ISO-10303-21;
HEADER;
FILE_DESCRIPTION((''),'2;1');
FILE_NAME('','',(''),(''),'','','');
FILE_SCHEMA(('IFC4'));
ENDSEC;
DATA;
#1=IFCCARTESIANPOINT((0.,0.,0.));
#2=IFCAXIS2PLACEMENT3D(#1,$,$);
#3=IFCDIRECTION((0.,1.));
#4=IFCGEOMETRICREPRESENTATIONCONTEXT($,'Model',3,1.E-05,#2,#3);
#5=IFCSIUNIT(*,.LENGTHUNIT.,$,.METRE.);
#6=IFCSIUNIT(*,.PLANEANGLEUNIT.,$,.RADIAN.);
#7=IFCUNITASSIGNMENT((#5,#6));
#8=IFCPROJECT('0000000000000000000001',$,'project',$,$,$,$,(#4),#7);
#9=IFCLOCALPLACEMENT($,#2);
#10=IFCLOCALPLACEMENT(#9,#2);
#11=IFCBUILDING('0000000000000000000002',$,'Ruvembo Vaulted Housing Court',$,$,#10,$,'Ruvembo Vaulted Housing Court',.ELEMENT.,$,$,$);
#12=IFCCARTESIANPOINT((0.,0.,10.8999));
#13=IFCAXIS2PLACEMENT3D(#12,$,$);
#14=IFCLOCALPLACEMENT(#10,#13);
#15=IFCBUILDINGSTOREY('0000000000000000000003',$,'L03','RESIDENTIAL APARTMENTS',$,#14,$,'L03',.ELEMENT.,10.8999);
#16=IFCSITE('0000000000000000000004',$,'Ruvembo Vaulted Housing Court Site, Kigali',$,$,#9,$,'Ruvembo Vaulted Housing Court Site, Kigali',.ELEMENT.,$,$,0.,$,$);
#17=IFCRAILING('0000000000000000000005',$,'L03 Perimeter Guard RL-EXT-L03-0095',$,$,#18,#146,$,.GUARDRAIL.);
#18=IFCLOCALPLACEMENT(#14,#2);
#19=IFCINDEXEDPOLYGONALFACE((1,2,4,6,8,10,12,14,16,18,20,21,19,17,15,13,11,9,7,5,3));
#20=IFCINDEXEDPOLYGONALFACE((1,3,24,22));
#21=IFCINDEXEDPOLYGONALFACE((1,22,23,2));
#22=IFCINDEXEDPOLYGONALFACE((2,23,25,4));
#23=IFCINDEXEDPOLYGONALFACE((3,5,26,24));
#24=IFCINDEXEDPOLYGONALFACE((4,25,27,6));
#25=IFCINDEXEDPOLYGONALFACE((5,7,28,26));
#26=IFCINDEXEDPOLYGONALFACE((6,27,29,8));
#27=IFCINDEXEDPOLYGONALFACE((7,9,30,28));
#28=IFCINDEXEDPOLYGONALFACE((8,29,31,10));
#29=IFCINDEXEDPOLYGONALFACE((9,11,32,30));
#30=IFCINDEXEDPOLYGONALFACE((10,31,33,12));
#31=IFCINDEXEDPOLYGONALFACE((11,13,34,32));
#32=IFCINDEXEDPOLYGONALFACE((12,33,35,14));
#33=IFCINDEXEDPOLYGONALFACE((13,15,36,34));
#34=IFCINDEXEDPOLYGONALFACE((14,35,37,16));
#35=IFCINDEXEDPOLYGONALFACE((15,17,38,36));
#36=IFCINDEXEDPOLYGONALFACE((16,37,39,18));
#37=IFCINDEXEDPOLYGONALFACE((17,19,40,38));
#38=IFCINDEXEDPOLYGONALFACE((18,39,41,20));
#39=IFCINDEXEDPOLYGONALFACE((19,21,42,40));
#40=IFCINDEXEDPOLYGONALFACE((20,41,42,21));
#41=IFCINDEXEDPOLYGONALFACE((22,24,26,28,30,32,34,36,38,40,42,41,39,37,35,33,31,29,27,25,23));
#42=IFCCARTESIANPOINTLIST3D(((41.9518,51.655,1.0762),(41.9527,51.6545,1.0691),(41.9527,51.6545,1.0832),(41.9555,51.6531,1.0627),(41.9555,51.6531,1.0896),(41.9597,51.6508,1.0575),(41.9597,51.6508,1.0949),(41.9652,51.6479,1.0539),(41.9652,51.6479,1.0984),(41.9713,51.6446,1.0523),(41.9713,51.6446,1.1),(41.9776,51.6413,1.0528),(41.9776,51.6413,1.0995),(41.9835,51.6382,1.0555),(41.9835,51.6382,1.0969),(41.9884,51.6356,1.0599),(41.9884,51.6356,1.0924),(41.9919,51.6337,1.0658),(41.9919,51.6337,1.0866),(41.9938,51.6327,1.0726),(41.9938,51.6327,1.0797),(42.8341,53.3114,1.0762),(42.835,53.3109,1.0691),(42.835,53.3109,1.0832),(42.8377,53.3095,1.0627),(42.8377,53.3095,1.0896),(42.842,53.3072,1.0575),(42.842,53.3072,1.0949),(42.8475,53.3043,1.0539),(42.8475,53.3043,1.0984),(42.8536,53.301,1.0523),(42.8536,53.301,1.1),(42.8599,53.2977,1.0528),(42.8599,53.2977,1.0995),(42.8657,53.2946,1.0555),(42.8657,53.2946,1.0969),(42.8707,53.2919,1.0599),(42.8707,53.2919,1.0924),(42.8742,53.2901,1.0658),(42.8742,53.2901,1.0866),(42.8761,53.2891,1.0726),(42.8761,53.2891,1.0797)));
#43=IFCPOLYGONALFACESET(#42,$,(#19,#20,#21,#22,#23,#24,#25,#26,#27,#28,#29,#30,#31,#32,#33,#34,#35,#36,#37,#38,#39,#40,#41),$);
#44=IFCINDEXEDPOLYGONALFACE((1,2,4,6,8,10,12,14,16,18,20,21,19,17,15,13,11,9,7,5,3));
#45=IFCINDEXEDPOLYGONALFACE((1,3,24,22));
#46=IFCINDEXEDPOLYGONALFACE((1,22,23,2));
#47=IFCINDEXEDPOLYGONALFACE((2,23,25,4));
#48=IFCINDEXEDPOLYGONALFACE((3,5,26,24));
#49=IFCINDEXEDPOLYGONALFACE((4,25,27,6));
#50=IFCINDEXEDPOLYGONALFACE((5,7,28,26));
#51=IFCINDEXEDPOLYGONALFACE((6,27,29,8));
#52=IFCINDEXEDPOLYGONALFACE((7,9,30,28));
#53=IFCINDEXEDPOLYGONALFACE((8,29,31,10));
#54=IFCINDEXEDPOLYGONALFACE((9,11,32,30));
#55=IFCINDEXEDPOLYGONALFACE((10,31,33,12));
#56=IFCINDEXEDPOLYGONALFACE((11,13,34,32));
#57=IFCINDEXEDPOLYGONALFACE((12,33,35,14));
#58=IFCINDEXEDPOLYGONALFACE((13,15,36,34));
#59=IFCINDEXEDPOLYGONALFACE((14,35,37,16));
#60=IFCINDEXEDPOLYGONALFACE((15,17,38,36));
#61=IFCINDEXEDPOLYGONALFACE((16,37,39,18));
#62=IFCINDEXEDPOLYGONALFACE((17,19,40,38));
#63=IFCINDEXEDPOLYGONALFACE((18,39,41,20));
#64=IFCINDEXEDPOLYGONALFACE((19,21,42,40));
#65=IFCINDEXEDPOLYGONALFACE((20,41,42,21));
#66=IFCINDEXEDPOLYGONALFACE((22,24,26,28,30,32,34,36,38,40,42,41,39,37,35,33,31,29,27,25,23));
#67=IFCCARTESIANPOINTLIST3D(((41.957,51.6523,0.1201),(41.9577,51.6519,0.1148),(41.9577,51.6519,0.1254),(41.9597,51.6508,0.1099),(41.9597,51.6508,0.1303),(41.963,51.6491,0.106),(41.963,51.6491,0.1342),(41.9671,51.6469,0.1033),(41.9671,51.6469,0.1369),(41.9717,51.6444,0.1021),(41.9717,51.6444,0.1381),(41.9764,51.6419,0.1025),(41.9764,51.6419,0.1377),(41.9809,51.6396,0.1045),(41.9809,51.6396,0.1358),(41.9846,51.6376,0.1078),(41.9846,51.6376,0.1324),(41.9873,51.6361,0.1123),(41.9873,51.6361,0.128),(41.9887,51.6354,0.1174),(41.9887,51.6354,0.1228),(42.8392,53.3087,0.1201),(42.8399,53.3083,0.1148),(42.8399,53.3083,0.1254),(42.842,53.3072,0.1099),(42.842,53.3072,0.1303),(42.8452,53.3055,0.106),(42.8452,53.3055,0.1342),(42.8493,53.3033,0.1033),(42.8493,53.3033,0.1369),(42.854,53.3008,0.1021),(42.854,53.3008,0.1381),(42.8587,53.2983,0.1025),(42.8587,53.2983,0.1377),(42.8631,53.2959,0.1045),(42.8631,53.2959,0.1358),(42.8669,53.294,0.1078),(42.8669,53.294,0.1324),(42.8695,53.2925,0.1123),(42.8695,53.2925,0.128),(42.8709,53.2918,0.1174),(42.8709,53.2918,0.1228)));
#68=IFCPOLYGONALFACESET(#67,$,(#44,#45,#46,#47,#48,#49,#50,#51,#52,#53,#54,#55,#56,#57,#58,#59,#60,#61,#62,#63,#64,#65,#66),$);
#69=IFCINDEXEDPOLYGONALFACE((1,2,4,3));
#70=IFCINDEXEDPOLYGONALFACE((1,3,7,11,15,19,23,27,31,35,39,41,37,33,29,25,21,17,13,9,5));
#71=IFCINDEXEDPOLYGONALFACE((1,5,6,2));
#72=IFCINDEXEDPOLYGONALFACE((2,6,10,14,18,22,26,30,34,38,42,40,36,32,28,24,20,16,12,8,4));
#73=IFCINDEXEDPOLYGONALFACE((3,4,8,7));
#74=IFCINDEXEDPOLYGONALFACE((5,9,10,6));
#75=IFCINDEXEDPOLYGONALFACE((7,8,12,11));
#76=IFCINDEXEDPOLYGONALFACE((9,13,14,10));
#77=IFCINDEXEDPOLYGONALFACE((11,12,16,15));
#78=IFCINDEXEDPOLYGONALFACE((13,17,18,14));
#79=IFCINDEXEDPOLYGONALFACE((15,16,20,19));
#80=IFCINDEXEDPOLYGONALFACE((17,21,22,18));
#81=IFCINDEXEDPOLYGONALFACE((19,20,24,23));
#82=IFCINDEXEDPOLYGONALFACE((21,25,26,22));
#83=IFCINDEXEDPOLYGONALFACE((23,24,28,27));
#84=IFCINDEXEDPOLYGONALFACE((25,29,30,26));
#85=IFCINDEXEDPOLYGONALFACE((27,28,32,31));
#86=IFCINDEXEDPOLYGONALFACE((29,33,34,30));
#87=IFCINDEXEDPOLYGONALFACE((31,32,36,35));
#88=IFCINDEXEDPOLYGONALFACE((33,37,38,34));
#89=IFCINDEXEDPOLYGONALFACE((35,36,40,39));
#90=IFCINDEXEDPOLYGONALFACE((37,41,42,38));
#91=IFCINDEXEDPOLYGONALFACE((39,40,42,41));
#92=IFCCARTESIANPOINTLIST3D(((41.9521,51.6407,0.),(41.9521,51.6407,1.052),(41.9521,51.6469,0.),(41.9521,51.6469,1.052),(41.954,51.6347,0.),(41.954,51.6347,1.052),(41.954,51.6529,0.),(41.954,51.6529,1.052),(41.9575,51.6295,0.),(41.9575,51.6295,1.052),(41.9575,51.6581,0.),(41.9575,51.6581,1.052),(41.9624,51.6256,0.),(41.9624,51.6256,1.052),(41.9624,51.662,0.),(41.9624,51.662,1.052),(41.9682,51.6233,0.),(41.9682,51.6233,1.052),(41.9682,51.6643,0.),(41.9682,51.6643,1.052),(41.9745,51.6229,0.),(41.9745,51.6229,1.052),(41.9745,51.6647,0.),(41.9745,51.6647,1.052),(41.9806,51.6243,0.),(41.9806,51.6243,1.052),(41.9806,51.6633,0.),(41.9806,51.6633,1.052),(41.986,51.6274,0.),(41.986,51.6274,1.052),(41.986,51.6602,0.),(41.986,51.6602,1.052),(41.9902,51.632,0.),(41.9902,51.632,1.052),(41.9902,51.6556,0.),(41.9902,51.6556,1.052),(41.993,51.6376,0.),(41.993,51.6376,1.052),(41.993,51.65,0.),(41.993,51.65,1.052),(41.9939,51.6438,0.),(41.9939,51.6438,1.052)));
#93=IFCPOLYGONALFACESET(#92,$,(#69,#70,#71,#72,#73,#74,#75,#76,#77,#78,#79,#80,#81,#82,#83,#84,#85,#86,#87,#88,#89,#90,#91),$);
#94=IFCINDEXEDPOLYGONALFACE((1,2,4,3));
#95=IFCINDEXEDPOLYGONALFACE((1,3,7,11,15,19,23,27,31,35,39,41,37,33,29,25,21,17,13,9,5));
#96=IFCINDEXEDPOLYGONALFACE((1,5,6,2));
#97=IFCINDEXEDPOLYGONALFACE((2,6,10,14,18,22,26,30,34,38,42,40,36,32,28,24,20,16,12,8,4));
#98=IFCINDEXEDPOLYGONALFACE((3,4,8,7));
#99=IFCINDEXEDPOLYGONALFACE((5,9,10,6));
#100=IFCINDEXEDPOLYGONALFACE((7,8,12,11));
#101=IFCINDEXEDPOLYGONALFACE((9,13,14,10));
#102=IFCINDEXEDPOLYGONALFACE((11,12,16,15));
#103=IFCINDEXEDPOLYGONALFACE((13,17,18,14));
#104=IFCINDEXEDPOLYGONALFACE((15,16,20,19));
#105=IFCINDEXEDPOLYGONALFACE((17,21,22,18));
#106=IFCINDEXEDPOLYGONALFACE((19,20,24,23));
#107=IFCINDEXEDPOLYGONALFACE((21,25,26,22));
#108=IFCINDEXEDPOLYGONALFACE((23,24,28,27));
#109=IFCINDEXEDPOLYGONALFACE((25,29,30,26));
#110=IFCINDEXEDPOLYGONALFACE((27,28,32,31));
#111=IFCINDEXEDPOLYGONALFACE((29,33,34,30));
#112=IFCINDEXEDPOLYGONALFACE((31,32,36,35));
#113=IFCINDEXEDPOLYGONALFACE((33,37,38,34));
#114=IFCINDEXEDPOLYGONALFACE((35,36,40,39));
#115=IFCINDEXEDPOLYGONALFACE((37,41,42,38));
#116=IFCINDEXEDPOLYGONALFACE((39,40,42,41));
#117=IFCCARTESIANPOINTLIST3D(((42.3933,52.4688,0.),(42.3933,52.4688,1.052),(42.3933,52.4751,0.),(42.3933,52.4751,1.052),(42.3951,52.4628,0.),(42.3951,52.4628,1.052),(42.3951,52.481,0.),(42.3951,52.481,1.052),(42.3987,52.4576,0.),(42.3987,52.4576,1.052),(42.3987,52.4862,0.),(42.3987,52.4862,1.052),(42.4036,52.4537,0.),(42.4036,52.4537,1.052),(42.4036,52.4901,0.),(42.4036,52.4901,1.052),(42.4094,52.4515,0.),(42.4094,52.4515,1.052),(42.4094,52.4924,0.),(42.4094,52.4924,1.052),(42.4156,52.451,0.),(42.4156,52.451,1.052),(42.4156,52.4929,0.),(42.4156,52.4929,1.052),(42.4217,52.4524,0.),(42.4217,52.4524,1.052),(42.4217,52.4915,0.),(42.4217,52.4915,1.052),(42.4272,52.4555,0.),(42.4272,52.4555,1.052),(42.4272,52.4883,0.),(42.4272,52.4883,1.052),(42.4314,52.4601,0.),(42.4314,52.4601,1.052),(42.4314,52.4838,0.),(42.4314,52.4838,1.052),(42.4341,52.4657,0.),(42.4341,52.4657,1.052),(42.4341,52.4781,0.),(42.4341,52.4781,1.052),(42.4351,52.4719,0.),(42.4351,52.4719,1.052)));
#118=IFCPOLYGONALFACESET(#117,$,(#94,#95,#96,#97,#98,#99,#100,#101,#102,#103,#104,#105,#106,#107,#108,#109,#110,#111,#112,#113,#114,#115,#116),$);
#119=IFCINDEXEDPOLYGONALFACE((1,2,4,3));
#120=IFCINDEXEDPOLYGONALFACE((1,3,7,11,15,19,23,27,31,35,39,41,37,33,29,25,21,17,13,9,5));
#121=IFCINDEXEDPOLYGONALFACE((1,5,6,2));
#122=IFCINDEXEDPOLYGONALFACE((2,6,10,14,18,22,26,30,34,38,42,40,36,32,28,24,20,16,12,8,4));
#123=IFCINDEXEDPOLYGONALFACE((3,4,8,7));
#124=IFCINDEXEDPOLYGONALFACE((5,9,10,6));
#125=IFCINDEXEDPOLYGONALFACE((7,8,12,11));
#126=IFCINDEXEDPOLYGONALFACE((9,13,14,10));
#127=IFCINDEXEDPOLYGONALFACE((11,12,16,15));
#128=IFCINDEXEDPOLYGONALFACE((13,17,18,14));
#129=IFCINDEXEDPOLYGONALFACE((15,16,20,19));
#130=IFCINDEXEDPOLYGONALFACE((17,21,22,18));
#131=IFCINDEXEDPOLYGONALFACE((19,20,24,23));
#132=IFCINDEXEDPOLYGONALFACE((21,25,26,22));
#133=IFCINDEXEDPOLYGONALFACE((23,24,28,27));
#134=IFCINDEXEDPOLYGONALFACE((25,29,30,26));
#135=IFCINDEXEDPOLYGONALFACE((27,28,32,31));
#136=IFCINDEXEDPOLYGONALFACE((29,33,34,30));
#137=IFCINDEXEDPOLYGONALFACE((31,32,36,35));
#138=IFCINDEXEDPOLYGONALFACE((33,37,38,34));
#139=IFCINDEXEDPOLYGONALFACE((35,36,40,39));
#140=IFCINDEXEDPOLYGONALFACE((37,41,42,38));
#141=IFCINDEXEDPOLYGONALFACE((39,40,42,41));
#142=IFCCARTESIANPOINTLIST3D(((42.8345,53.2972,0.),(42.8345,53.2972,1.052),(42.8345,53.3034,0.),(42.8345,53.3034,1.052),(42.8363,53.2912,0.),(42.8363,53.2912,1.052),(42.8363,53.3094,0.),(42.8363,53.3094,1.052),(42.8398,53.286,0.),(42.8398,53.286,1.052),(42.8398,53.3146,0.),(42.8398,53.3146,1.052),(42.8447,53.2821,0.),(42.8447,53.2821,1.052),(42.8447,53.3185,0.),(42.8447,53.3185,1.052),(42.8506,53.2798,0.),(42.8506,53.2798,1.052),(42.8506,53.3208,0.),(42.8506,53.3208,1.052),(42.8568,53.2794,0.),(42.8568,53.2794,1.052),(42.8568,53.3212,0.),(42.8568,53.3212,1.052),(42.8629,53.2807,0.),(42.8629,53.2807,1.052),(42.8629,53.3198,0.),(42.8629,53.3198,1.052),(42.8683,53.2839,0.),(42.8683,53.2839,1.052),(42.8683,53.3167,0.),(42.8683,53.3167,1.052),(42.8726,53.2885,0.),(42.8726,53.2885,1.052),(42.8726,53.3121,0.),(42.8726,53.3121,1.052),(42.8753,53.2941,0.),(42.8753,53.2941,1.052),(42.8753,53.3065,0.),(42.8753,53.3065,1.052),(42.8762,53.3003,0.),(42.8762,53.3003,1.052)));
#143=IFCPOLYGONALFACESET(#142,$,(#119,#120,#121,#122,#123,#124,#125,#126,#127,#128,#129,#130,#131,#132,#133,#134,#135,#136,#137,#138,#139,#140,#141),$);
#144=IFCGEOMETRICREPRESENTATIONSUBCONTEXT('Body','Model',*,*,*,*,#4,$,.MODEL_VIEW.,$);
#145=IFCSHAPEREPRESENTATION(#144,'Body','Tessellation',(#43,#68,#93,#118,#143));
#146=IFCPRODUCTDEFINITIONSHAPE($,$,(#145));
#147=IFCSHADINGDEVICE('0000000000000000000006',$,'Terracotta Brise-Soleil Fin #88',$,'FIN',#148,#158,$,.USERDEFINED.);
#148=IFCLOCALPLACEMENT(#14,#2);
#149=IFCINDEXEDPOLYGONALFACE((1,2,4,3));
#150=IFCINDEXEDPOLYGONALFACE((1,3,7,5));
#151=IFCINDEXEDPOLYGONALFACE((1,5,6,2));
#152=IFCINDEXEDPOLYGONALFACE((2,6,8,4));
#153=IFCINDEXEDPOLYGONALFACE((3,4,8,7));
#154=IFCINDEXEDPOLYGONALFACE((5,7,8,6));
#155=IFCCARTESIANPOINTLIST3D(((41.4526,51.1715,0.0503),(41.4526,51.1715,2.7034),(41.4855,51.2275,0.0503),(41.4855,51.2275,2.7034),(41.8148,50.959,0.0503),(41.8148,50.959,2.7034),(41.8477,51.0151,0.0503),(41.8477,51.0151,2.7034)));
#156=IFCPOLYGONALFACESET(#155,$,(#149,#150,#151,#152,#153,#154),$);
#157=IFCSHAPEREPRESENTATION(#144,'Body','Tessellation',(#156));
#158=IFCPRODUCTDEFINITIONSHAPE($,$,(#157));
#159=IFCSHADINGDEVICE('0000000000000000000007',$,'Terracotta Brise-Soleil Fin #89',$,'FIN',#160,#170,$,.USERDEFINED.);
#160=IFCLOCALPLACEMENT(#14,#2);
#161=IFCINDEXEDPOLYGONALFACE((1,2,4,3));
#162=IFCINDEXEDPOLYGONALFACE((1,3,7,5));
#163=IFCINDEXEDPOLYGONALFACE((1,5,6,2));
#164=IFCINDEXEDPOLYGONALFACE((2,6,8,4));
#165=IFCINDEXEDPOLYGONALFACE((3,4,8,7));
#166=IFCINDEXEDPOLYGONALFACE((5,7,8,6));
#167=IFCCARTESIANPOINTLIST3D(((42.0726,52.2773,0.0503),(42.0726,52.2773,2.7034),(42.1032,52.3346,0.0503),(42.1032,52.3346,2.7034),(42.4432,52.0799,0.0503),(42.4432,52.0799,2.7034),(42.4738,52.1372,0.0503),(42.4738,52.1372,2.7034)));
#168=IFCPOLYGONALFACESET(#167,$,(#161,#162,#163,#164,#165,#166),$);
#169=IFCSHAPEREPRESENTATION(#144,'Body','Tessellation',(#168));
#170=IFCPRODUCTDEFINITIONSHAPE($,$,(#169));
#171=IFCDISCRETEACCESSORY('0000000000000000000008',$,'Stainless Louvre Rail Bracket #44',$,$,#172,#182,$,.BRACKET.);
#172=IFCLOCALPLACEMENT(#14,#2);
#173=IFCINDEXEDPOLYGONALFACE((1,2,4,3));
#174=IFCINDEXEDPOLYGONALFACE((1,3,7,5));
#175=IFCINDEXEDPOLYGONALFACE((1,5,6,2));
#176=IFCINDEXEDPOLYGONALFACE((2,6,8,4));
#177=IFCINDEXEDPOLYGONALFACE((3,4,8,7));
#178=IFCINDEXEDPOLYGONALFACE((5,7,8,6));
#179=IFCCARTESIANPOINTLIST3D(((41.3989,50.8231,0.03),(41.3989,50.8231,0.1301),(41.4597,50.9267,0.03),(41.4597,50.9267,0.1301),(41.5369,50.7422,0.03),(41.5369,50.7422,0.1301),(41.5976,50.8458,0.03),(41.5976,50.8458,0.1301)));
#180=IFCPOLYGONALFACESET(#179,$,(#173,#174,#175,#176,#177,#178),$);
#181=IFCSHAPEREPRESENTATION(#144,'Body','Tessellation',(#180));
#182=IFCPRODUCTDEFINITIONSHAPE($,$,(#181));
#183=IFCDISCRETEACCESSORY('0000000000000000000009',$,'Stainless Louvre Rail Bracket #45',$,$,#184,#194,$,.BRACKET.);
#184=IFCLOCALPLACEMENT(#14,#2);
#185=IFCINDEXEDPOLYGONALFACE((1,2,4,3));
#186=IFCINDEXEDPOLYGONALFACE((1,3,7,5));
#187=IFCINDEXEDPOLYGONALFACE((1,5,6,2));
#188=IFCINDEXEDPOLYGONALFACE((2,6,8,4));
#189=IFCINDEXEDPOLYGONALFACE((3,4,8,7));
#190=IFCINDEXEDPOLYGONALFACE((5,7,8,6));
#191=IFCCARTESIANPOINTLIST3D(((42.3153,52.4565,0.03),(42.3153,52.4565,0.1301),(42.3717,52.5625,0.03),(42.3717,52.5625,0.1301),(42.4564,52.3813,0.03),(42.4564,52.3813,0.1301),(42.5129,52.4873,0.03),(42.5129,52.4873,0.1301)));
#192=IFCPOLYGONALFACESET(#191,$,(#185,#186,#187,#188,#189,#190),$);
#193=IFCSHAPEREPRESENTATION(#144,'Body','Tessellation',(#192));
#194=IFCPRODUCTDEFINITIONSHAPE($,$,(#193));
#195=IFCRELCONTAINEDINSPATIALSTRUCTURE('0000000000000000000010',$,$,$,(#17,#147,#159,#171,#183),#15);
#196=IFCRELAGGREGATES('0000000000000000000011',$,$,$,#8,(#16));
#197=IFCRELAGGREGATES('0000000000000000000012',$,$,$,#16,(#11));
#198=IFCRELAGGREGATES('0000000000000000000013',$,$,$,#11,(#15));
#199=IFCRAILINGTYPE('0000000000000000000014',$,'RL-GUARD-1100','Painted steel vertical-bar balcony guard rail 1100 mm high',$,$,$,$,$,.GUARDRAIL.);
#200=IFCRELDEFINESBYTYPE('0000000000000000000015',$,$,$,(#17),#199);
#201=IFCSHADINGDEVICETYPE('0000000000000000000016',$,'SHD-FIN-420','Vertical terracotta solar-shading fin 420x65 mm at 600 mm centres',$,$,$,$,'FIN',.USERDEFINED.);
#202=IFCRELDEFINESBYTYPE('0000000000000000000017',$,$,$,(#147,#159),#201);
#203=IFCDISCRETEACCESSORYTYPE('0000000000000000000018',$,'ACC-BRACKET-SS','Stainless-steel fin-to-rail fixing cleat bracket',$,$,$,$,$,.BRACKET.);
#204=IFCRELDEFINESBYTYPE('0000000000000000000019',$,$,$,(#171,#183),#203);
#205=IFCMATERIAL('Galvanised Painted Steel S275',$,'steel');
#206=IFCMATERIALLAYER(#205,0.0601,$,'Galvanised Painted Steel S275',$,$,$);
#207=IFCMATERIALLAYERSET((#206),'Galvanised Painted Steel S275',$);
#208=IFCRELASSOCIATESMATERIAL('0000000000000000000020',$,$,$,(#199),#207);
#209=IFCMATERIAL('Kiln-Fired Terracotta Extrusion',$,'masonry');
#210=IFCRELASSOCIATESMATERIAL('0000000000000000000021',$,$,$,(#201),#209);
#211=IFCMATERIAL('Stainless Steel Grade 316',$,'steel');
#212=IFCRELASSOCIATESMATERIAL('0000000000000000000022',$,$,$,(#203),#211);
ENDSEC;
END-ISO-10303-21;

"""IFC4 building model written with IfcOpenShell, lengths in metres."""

from ifc_helpers import new_model, si_unit, direction, frame, origin, origin_2d, place, context, subcontext, project, spatial, rectangle, circle, extrude, material, layer, layer_set, type_object, element, save


model = new_model("IFC4")

# Units and contexts
model_context = context("Model", 3, precision=1e-05, world=origin(), true_north=direction((0.0, 1.0)))
body_context = subcontext(model_context, "Body", "Model", "MODEL_VIEW")
ifc_project = project(units=[si_unit("LENGTHUNIT", "METRE"), si_unit("PLANEANGLEUNIT", "RADIAN")], contexts=[model_context])

# Site, building, storey
site_placement = place(None, origin())
site = spatial("IfcSite", under=ifc_project, at=site_placement, Name="Ruvembo Vaulted Housing Court Site, Kigali", LongName="Ruvembo Vaulted Housing Court Site, Kigali", CompositionType="ELEMENT", RefElevation=0.0)
building_placement = place(site_placement, origin())
building = spatial("IfcBuilding", under=site, at=building_placement, Name="Ruvembo Vaulted Housing Court", LongName="Ruvembo Vaulted Housing Court", CompositionType="ELEMENT")
storey_placement = place(building_placement, frame((0.0, 0.0, 10.8999)))
storey = spatial("IfcBuildingStorey", under=building, at=storey_placement, Name="L03", Description="RESIDENTIAL APARTMENTS", LongName="L03", CompositionType="ELEMENT", Elevation=10.8999)

# Railing
ifc_material_1 = material(Name="Galvanised Painted Steel S275", Category="steel")
ifc_layer_1 = layer(ifc_material_1, 0.0601, Name="Galvanised Painted Steel S275")
ifc_layer_set_1 = layer_set([ifc_layer_1], Name="Galvanised Painted Steel S275")
railing_type = type_object("IfcRailingType", Name="RL-GUARD-1100", Description="Painted steel vertical-bar balcony guard rail 1100 mm high", PredefinedType="GUARDRAIL", material=ifc_layer_set_1)
railing_placement = place(storey_placement, frame((41.9729, 51.6438, 0.0)))
element("IfcRailing", 1, at=railing_placement, inside=storey, type_object=railing_type, Name="L03 Perimeter Guard RL-EXT-L03-0095", PredefinedType="GUARDRAIL", context=body_context, shape_type="SweptSolid", body=[
    extrude(circle(Radius=0.0239, at=origin_2d()), frame((0.0, 0.0, 1.0762), z_axis=(0.470116, 0.882605, 0.0), x_axis=(-0.882605, 0.470116, 0.0)), (0.0, 0.0, 1.0), 1.8767),
    extrude(circle(Radius=0.0181, at=origin_2d()), frame((0.0, 0.0, 0.1201), z_axis=(0.470116, 0.882605, 0.0), x_axis=(-0.882605, 0.470116, 0.0)), (0.0, 0.0, 1.0), 1.8767),
    extrude(circle(Radius=0.021, at=origin_2d()), origin(), (0.0, 0.0, 1.0), 1.052),
    extrude(circle(Radius=0.021, at=origin_2d()), frame((0.4412, 0.8281, 0.0)), (0.0, 0.0, 1.0), 1.052),
    extrude(circle(Radius=0.021, at=origin_2d()), frame((0.8823, 1.6565, 0.0)), (0.0, 0.0, 1.0), 1.052),
])

# Shading devices
ifc_material_2 = material(Name="Kiln-Fired Terracotta Extrusion", Category="masonry")
shading_device_type = type_object("IfcShadingDeviceType", Name="SHD-FIN-420", Description="Vertical terracotta solar-shading fin 420x65 mm at 600 mm centres", ElementType="FIN", PredefinedType="USERDEFINED", material=ifc_material_2)
for number, where, z_axis, x_axis, name in (
    (2, (41.6501, 51.0933, 0.0503), (0.0, 0.0, 1.0), (0.86262, -0.505853, 0.0), "Terracotta Brise-Soleil Fin #88"),
    (3, (42.2732, 52.2073, 0.0503), (0.0, 0.0, 1.0), (0.882587, -0.470149, 0.0), "Terracotta Brise-Soleil Fin #89"),
):
    element("IfcShadingDevice", number, at=place(storey_placement, frame(where, z_axis=z_axis, x_axis=x_axis)), inside=storey, type_object=shading_device_type, Name=name, ObjectType="FIN", PredefinedType="USERDEFINED", context=body_context, shape_type="SweptSolid", body=[
        extrude(rectangle(XDim=0.4199, YDim=0.0649, at=origin_2d()), origin(), (0.0, 0.0, 1.0), 2.6531),
    ])

# Discrete accessories
ifc_material_3 = material(Name="Stainless Steel Grade 316", Category="steel")
discrete_accessory_type = type_object("IfcDiscreteAccessoryType", Name="ACC-BRACKET-SS", Description="Stainless-steel fin-to-rail fixing cleat bracket", PredefinedType="BRACKET", material=ifc_material_3)
for number, where, z_axis, x_axis, name in (
    (4, (41.4983, 50.8345, 0.03), (0.0, 0.0, 1.0), (0.86262, -0.505853, 0.0), "Stainless Louvre Rail Bracket #44"),
    (5, (42.4141, 52.4719, 0.03), (0.0, 0.0, 1.0), (0.882587, -0.470149, 0.0), "Stainless Louvre Rail Bracket #45"),
):
    element("IfcDiscreteAccessory", number, at=place(storey_placement, frame(where, z_axis=z_axis, x_axis=x_axis)), inside=storey, type_object=discrete_accessory_type, Name=name, PredefinedType="BRACKET", context=body_context, shape_type="SweptSolid", body=[
        extrude(rectangle(XDim=0.1599, YDim=0.1201, at=origin_2d()), origin(), (0.0, 0.0, 1.0), 0.1001),
    ])

save(model, "model.ifc")
